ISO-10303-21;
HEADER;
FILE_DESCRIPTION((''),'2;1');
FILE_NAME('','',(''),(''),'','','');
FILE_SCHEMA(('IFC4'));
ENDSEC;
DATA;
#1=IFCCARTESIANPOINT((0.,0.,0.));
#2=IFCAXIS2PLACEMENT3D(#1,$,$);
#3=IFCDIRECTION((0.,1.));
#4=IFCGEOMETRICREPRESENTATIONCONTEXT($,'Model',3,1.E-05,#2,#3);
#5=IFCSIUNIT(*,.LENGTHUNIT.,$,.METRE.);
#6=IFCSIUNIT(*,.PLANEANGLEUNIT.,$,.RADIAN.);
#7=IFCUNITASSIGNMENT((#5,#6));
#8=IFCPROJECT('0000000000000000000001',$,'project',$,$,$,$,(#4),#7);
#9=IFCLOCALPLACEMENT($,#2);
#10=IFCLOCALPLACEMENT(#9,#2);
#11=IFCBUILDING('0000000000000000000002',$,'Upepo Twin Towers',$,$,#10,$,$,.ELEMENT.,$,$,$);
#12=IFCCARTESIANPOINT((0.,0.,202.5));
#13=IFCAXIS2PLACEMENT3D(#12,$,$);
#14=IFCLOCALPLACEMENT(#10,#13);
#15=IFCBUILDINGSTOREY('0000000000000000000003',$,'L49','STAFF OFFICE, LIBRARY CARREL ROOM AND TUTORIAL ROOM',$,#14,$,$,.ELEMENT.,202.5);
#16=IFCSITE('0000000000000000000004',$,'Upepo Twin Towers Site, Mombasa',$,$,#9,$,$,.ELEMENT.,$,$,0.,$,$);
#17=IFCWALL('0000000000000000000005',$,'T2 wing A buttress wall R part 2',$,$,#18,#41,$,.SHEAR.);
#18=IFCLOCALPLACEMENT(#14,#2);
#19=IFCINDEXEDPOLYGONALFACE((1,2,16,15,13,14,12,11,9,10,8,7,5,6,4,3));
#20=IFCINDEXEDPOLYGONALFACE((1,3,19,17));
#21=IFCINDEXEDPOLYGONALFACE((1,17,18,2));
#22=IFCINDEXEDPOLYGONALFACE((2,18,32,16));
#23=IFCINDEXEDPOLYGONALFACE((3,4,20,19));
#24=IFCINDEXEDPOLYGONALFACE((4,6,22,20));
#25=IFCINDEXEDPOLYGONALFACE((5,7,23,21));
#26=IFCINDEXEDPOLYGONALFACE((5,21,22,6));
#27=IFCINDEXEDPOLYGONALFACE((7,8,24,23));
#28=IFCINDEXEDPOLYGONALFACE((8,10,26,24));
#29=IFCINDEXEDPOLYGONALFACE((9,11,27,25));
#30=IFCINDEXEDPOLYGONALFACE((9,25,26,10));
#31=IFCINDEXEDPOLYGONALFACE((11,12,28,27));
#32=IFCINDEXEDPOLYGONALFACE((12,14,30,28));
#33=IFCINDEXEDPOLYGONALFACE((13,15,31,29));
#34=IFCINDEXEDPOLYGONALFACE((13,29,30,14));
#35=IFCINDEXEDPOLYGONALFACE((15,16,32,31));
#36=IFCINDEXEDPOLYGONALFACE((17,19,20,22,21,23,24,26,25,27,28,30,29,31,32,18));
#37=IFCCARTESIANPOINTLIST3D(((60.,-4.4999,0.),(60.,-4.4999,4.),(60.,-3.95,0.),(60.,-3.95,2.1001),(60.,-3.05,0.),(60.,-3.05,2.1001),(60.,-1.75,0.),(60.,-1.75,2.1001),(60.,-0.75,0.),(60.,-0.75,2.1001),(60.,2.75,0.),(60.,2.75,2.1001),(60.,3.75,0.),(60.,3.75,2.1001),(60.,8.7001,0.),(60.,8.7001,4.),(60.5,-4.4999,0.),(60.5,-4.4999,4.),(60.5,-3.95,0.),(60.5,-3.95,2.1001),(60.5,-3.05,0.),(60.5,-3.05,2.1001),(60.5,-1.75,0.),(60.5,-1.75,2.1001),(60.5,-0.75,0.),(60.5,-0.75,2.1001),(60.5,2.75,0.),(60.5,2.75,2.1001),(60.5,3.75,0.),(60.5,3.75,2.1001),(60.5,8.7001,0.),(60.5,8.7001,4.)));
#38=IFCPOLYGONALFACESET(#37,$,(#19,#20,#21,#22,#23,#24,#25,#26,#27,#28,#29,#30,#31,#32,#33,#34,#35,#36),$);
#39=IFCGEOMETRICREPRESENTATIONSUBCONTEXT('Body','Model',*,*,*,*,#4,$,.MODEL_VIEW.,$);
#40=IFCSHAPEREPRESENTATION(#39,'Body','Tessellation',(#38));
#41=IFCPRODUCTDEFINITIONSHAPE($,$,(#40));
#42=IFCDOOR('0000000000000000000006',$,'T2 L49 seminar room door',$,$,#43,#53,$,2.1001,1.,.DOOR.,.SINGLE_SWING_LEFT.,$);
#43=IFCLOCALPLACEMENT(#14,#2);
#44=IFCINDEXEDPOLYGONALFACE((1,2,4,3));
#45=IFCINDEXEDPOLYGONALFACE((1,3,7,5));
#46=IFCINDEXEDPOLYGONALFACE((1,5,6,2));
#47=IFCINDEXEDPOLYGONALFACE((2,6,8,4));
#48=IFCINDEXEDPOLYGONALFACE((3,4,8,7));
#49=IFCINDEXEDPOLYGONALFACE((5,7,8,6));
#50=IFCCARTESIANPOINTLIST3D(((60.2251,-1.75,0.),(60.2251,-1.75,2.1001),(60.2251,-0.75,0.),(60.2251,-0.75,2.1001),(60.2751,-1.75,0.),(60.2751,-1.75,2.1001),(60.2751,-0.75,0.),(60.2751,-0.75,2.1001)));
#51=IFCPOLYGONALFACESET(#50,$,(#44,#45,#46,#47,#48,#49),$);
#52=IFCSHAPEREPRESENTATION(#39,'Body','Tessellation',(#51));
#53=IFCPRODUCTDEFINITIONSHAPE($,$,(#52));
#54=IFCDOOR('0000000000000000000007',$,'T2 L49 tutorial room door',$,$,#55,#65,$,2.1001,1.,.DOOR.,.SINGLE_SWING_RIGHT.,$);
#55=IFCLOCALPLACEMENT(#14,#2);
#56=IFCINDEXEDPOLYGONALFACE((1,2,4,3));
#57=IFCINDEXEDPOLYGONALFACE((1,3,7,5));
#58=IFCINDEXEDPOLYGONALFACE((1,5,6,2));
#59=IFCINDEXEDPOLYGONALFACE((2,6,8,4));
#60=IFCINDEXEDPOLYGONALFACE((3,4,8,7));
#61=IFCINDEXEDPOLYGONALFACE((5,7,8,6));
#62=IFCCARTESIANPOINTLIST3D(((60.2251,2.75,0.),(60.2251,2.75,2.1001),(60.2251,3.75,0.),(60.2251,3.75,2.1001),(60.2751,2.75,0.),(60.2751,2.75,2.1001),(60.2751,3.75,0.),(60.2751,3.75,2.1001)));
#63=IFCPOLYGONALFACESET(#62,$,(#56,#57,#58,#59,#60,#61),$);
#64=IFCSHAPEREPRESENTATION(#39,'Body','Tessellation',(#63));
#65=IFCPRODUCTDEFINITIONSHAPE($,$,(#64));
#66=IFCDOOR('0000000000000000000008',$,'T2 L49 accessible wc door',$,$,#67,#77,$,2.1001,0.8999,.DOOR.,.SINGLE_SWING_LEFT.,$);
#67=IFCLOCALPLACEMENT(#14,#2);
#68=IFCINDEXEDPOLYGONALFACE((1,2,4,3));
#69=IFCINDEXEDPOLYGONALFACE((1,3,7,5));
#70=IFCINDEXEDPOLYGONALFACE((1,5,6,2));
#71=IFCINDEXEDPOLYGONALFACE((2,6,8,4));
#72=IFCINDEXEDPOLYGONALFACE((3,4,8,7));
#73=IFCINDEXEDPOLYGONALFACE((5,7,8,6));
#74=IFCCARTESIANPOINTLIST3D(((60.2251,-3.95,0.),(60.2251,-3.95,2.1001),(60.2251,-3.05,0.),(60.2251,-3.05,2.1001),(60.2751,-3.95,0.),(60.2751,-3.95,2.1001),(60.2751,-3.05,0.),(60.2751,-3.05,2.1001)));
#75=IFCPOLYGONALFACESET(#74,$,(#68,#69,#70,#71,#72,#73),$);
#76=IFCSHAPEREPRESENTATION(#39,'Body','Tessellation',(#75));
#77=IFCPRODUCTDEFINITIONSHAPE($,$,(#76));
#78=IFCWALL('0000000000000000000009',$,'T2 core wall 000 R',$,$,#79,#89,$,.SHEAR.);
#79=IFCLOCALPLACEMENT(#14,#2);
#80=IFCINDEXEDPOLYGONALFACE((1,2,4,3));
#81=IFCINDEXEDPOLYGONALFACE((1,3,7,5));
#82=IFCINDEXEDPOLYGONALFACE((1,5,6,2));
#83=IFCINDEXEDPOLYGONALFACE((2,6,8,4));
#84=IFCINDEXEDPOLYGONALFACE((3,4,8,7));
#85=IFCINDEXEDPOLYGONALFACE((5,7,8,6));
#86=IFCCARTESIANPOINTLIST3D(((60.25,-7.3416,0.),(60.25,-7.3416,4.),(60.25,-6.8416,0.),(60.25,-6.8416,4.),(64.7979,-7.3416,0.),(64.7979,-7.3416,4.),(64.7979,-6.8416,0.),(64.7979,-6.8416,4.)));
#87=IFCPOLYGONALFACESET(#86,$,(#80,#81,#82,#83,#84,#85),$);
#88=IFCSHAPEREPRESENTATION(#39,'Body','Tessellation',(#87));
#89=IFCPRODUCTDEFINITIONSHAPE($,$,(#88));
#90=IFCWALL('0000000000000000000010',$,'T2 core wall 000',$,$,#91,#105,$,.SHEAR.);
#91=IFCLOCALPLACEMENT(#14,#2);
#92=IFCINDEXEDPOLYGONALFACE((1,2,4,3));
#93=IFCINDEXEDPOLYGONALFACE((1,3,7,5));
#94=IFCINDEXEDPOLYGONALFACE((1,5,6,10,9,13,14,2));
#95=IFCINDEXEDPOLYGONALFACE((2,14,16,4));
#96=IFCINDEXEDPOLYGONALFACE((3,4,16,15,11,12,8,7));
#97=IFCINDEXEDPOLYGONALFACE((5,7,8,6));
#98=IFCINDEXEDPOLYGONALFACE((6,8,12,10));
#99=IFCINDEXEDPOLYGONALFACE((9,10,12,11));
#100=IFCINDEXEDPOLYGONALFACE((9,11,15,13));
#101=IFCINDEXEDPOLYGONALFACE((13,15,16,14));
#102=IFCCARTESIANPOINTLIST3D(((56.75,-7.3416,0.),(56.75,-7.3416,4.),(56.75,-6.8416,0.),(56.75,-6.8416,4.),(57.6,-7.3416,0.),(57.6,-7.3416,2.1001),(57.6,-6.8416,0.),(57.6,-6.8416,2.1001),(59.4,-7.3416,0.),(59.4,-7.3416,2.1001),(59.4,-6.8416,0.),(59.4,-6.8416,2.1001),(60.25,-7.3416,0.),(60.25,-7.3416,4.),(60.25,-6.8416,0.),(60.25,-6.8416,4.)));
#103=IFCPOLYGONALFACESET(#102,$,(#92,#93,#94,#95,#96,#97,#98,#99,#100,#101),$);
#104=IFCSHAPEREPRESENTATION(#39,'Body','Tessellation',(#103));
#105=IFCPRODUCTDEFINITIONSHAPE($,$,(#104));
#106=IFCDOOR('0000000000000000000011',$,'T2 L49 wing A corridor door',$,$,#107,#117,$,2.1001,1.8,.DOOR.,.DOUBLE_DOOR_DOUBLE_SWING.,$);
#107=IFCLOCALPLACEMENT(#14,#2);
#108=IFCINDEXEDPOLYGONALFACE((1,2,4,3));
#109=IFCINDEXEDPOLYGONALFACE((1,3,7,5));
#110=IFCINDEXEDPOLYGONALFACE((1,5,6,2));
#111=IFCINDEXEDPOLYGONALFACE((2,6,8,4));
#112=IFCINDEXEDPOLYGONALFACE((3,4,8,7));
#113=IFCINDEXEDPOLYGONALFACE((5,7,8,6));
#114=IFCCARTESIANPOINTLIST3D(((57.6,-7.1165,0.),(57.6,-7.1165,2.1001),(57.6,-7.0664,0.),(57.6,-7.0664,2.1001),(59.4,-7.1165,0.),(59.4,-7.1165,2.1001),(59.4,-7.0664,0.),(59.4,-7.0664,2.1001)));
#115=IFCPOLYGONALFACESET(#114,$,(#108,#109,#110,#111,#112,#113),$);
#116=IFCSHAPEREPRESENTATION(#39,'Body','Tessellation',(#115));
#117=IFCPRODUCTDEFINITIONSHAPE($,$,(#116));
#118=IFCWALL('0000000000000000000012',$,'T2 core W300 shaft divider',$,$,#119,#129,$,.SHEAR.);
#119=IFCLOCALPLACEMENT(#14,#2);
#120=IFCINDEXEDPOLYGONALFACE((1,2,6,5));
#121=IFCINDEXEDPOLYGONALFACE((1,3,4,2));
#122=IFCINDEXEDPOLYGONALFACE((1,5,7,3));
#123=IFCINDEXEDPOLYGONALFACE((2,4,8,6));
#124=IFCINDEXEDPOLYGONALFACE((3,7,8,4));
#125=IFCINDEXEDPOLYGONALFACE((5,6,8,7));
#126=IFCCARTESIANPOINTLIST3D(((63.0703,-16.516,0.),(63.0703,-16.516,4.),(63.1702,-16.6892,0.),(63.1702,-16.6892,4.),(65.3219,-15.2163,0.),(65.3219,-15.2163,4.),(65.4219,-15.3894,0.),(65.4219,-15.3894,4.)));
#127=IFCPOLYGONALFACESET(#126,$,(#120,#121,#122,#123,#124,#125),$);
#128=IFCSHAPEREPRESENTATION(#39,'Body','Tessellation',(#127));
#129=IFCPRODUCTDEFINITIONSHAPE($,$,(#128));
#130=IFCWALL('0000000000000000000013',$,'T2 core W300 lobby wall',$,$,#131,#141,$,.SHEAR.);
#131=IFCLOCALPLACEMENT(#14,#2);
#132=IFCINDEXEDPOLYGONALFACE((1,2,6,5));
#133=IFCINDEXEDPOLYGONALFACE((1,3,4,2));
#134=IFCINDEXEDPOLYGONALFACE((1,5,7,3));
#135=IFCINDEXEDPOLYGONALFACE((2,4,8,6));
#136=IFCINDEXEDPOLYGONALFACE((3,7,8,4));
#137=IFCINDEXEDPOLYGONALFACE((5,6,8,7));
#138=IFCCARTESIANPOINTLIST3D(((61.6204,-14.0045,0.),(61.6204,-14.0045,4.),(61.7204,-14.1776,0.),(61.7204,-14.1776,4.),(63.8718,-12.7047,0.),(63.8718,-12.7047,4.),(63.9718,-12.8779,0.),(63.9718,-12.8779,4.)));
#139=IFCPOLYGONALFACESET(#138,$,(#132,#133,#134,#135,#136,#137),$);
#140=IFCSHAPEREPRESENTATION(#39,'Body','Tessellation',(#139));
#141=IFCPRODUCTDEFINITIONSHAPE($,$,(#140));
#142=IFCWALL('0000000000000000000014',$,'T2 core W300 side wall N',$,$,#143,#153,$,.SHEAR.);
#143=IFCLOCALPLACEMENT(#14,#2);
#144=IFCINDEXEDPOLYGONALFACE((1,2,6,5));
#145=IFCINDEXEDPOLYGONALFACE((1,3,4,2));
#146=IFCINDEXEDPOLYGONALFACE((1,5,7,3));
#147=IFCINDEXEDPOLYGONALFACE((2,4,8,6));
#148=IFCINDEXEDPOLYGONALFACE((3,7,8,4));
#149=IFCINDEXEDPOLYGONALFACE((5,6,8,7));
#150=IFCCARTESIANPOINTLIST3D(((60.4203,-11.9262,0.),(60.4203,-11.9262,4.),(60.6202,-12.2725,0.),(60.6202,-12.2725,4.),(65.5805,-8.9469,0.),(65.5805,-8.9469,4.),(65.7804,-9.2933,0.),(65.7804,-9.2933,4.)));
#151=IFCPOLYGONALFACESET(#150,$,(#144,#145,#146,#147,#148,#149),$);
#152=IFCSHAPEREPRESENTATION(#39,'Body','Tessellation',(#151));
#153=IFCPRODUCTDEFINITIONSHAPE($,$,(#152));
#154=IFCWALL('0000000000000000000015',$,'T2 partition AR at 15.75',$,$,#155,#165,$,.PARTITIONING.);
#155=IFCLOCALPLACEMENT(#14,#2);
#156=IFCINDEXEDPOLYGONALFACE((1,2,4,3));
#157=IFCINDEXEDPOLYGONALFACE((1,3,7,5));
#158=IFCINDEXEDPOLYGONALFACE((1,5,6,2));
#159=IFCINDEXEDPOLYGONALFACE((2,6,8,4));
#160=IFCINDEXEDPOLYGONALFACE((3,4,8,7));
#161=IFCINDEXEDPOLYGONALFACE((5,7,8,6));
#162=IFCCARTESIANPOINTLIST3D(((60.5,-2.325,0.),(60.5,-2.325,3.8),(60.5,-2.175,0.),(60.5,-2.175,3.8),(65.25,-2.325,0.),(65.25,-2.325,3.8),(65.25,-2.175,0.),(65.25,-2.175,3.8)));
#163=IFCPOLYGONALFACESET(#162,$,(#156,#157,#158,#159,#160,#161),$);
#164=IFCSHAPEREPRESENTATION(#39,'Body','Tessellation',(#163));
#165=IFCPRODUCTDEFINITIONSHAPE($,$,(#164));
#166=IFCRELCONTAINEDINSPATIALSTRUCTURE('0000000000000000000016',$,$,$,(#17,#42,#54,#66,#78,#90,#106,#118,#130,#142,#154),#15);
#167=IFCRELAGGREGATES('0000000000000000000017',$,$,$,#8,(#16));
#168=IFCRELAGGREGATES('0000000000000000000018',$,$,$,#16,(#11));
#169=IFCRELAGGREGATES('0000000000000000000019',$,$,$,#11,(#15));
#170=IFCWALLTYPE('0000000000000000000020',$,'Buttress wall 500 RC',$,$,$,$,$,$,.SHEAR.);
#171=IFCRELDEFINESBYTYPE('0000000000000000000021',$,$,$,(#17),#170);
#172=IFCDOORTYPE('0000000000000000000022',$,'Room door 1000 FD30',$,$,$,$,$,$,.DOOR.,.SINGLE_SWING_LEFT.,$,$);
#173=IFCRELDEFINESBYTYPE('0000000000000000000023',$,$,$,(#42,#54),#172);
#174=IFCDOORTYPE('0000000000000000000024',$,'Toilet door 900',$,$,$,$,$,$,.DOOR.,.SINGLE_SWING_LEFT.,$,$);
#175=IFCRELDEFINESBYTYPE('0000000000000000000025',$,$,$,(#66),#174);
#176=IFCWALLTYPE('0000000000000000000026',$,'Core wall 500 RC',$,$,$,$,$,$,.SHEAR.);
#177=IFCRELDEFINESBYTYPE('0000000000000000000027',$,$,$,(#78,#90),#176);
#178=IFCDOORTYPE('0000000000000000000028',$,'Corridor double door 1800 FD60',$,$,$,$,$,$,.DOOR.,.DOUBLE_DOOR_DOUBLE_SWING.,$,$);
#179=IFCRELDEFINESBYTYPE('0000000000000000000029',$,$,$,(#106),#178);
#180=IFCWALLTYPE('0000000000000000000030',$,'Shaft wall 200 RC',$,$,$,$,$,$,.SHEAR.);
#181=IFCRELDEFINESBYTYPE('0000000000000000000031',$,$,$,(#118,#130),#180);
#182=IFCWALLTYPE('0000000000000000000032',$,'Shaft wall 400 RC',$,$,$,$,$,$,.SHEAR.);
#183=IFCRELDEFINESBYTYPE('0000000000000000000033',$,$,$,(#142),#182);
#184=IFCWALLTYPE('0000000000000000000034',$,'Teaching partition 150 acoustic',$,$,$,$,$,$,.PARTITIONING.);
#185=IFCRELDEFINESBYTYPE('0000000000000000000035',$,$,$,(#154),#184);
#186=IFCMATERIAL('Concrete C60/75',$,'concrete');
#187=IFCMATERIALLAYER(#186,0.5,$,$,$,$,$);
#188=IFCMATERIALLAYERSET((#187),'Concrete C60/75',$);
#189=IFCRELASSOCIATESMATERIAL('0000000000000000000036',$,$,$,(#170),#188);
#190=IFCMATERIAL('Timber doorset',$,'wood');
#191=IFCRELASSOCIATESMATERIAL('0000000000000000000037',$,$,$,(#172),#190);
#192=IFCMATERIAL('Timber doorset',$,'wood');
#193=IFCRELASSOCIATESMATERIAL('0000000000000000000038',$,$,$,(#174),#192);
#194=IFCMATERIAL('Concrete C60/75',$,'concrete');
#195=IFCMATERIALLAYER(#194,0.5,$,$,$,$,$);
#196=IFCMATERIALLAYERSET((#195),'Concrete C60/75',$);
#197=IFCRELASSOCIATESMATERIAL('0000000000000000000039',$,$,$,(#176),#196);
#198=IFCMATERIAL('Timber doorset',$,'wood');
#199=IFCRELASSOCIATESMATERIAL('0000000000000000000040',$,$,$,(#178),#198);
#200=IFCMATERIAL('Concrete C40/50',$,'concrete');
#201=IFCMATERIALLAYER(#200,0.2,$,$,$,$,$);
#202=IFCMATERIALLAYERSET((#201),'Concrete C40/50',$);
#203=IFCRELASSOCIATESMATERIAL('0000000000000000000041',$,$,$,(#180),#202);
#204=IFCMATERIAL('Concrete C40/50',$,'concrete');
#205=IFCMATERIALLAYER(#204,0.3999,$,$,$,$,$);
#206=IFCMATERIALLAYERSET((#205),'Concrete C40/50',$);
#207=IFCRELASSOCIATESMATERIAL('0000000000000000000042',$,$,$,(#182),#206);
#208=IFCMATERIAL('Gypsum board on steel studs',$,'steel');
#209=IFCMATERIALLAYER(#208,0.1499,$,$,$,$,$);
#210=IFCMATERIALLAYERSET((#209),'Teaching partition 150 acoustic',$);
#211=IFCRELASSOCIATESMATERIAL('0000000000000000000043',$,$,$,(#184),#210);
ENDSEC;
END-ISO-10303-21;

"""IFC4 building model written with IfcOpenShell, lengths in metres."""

from ifc_helpers import new_model, si_unit, direction, frame, frame_2d, origin, place, context, subcontext, project, spatial, rectangle, extrude, material, layer, layer_set, type_object, element, fill, save


model = new_model("IFC4")

# Units and contexts
model_context = context("Model", 3, precision=1e-05, world=origin(), true_north=direction((0.0, 1.0)))
body_context = subcontext(model_context, "Body", "Model", "MODEL_VIEW")
ifc_project = project(units=[si_unit("LENGTHUNIT", "METRE"), si_unit("PLANEANGLEUNIT", "RADIAN")], contexts=[model_context])

# Site, building, storey
site_placement = place(None, origin())
site = spatial("IfcSite", under=ifc_project, at=site_placement, Name="Upepo Twin Towers Site, Mombasa", CompositionType="ELEMENT", RefElevation=0.0)
building_placement = place(site_placement, origin())
building = spatial("IfcBuilding", under=site, at=building_placement, Name="Upepo Twin Towers", CompositionType="ELEMENT")
storey_placement = place(building_placement, frame((0.0, 0.0, 202.5)))
storey = spatial("IfcBuildingStorey", under=building, at=storey_placement, Name="L49", Description="STAFF OFFICE, LIBRARY CARREL ROOM AND TUTORIAL ROOM", CompositionType="ELEMENT", Elevation=202.5)

# Wall, openings, doors
ifc_material_1 = material(Name="Concrete C60/75", Category="concrete")
ifc_layer_1 = layer(ifc_material_1, 0.5)
ifc_layer_set_1 = layer_set([ifc_layer_1], Name="Concrete C60/75")
wall_type_1 = type_object("IfcWallType", Name="Buttress wall 500 RC", PredefinedType="SHEAR", material=ifc_layer_set_1)
wall_1_placement = place(storey_placement, frame((60.25, -4.5, 0.0), z_axis=(0.0, 0.0, 1.0), x_axis=(0.0, 1.0, 0.0)))
wall_1 = element("IfcWall", 1, at=wall_1_placement, inside=storey, type_object=wall_type_1, Name="T2 wing A buttress wall R part 2", PredefinedType="SHEAR", context=body_context, shape_type="SweptSolid", body=[
    extrude(rectangle(XDim=13.2, YDim=0.5, at=frame_2d((6.6001, 0.0))), origin(), (0.0, 0.0, 1.0), 4.0),
])
opening_1_placement = place(wall_1_placement, frame((0.55, 0.0, 0.0)))
opening_1 = element("IfcOpeningElement", 2, at=opening_1_placement, cuts=wall_1, PredefinedType="OPENING", context=body_context, shape_type="SweptSolid", body=[
    extrude(rectangle(XDim=0.8999, YDim=2.1001, at=frame_2d((0.45, 1.05))), frame((0.0, 0.26, 0.0), z_axis=(0.0, -1.0, 0.0), x_axis=(1.0, 0.0, 0.0)), (0.0, 0.0, 1.0), 0.52),
])
opening_2_placement = place(wall_1_placement, frame((2.75, 0.0, 0.0)))
opening_2 = element("IfcOpeningElement", 3, at=opening_2_placement, cuts=wall_1, PredefinedType="OPENING", context=body_context, shape_type="SweptSolid", body=[
    extrude(rectangle(XDim=1.0, YDim=2.1001, at=frame_2d((0.5, 1.05))), frame((0.0, 0.26, 0.0), z_axis=(0.0, -1.0, 0.0), x_axis=(1.0, 0.0, 0.0)), (0.0, 0.0, 1.0), 0.52),
])
opening_3_placement = place(wall_1_placement, frame((7.25, 0.0, 0.0)))
opening_3 = element("IfcOpeningElement", 4, at=opening_3_placement, cuts=wall_1, PredefinedType="OPENING", context=body_context, shape_type="SweptSolid", body=[
    extrude(rectangle(XDim=1.0, YDim=2.1001, at=frame_2d((0.5, 1.05))), frame((0.0, 0.26, 0.0), z_axis=(0.0, -1.0, 0.0), x_axis=(1.0, 0.0, 0.0)), (0.0, 0.0, 1.0), 0.52),
])
ifc_material_2 = material(Name="Timber doorset", Category="wood")
door_type_1 = type_object("IfcDoorType", Name="Room door 1000 FD30", OperationType="SINGLE_SWING_LEFT", PredefinedType="DOOR", material=ifc_material_2)
door_1_placement = place(opening_2_placement, origin())
door_1 = element("IfcDoor", 5, at=door_1_placement, inside=storey, type_object=door_type_1, Name="T2 L49 seminar room door", OperationType="SINGLE_SWING_LEFT", OverallHeight=2.1001, OverallWidth=1.0, PredefinedType="DOOR", context=body_context, shape_type="SweptSolid", body=[
    extrude(rectangle(XDim=1.0, YDim=2.1001, at=frame_2d((0.5, 1.05))), frame((0.0, 0.0249, 0.0), z_axis=(0.0, -1.0, 0.0), x_axis=(1.0, 0.0, 0.0)), (0.0, 0.0, 1.0), 0.05),
])
fill(opening_2, door_1)
door_2_placement = place(opening_3_placement, origin())
door_2 = element("IfcDoor", 6, at=door_2_placement, inside=storey, type_object=door_type_1, Name="T2 L49 tutorial room door", OperationType="SINGLE_SWING_RIGHT", OverallHeight=2.1001, OverallWidth=1.0, PredefinedType="DOOR", context=body_context, shape_type="SweptSolid", body=[
    extrude(rectangle(XDim=1.0, YDim=2.1001, at=frame_2d((0.5, 1.05))), frame((0.0, 0.0249, 0.0), z_axis=(0.0, -1.0, 0.0), x_axis=(1.0, 0.0, 0.0)), (0.0, 0.0, 1.0), 0.05),
])
fill(opening_3, door_2)
ifc_material_3 = material(Name="Timber doorset", Category="wood")
door_type_2 = type_object("IfcDoorType", Name="Toilet door 900", OperationType="SINGLE_SWING_LEFT", PredefinedType="DOOR", material=ifc_material_3)
door_3_placement = place(opening_1_placement, origin())
door_3 = element("IfcDoor", 7, at=door_3_placement, inside=storey, type_object=door_type_2, Name="T2 L49 accessible wc door", OperationType="SINGLE_SWING_LEFT", OverallHeight=2.1001, OverallWidth=0.8999, PredefinedType="DOOR", context=body_context, shape_type="SweptSolid", body=[
    extrude(rectangle(XDim=0.8999, YDim=2.1001, at=frame_2d((0.45, 1.05))), frame((0.0, 0.0249, 0.0), z_axis=(0.0, -1.0, 0.0), x_axis=(1.0, 0.0, 0.0)), (0.0, 0.0, 1.0), 0.05),
])
fill(opening_1, door_3)

# Wall
ifc_material_4 = material(Name="Concrete C60/75", Category="concrete")
ifc_layer_2 = layer(ifc_material_4, 0.5)
ifc_layer_set_2 = layer_set([ifc_layer_2], Name="Concrete C60/75")
wall_type_2 = type_object("IfcWallType", Name="Core wall 500 RC", PredefinedType="SHEAR", material=ifc_layer_set_2)
wall_2_placement = place(storey_placement, frame((64.7979, -7.0916, 0.0), z_axis=(0.0, 0.0, 1.0), x_axis=(-1.0, 0.0, 0.0)))
element("IfcWall", 8, at=wall_2_placement, inside=storey, type_object=wall_type_2, Name="T2 core wall 000 R", PredefinedType="SHEAR", context=body_context, shape_type="SweptSolid", body=[
    extrude(rectangle(XDim=4.5479, YDim=0.5, at=frame_2d((2.2739, 0.0))), origin(), (0.0, 0.0, 1.0), 4.0),
])

# Wall, opening, door
wall_3_placement = place(storey_placement, frame((60.25, -7.0916, 0.0), z_axis=(0.0, 0.0, 1.0), x_axis=(-1.0, 0.0, 0.0)))
wall_3 = element("IfcWall", 9, at=wall_3_placement, inside=storey, type_object=wall_type_2, Name="T2 core wall 000", PredefinedType="SHEAR", context=body_context, shape_type="SweptSolid", body=[
    extrude(rectangle(XDim=3.5, YDim=0.5, at=frame_2d((1.75, 0.0))), origin(), (0.0, 0.0, 1.0), 4.0),
])
opening_4_placement = place(wall_3_placement, frame((0.8501, 0.0, 0.0)))
opening_4 = element("IfcOpeningElement", 10, at=opening_4_placement, cuts=wall_3, PredefinedType="OPENING", context=body_context, shape_type="SweptSolid", body=[
    extrude(rectangle(XDim=1.8, YDim=2.1001, at=frame_2d((0.8999, 1.05))), frame((0.0, 0.26, 0.0), z_axis=(0.0, -1.0, 0.0), x_axis=(1.0, 0.0, 0.0)), (0.0, 0.0, 1.0), 0.52),
])
ifc_material_5 = material(Name="Timber doorset", Category="wood")
door_type_3 = type_object("IfcDoorType", Name="Corridor double door 1800 FD60", OperationType="DOUBLE_DOOR_DOUBLE_SWING", PredefinedType="DOOR", material=ifc_material_5)
door_4_placement = place(opening_4_placement, origin())
door_4 = element("IfcDoor", 11, at=door_4_placement, inside=storey, type_object=door_type_3, Name="T2 L49 wing A corridor door", OperationType="DOUBLE_DOOR_DOUBLE_SWING", OverallHeight=2.1001, OverallWidth=1.8, PredefinedType="DOOR", context=body_context, shape_type="SweptSolid", body=[
    extrude(rectangle(XDim=1.8, YDim=2.1001, at=frame_2d((0.8999, 1.05))), frame((0.0, 0.0249, 0.0), z_axis=(0.0, -1.0, 0.0), x_axis=(1.0, 0.0, 0.0)), (0.0, 0.0, 1.0), 0.05),
])
fill(opening_4, door_4)

# Walls
ifc_material_6 = material(Name="Concrete C40/50", Category="concrete")
ifc_layer_3 = layer(ifc_material_6, 0.2)
ifc_layer_set_3 = layer_set([ifc_layer_3], Name="Concrete C40/50")
wall_type_3 = type_object("IfcWallType", Name="Shaft wall 200 RC", PredefinedType="SHEAR", material=ifc_layer_set_3)
wall_4_placement = place(storey_placement, frame((63.1204, -16.6025, 0.0), z_axis=(0.0, 0.0, 1.0), x_axis=(0.866062, 0.499937, 0.0)))
element("IfcWall", 12, at=wall_4_placement, inside=storey, type_object=wall_type_3, Name="T2 core W300 shaft divider", PredefinedType="SHEAR", context=body_context, shape_type="SweptSolid", body=[
    extrude(rectangle(XDim=2.5999, YDim=0.2, at=frame_2d((1.2998, 0.0))), origin(), (0.0, 0.0, 1.0), 4.0),
])
wall_5_placement = place(storey_placement, frame((61.6704, -14.0911, 0.0), z_axis=(0.0, 0.0, 1.0), x_axis=(0.866039, 0.499977, 0.0)))
element("IfcWall", 13, at=wall_5_placement, inside=storey, type_object=wall_type_3, Name="T2 core W300 lobby wall", PredefinedType="SHEAR", context=body_context, shape_type="SweptSolid", body=[
    extrude(rectangle(XDim=2.5996, YDim=0.2, at=frame_2d((1.2998, 0.0))), origin(), (0.0, 0.0, 1.0), 4.0),
])
ifc_material_7 = material(Name="Concrete C40/50", Category="concrete")
ifc_layer_4 = layer(ifc_material_7, 0.3999)
ifc_layer_set_4 = layer_set([ifc_layer_4], Name="Concrete C40/50")
wall_type_4 = type_object("IfcWallType", Name="Shaft wall 400 RC", PredefinedType="SHEAR", material=ifc_layer_set_4)
wall_6_placement = place(storey_placement, frame((60.5203, -12.0994, 0.0), z_axis=(0.0, 0.0, 1.0), x_axis=(0.866023, 0.500004, 0.0)))
element("IfcWall", 14, at=wall_6_placement, inside=storey, type_object=wall_type_4, Name="T2 core W300 side wall N", PredefinedType="SHEAR", context=body_context, shape_type="SweptSolid", body=[
    extrude(rectangle(XDim=5.9585, YDim=0.3999, at=frame_2d((2.9792, 0.0))), origin(), (0.0, 0.0, 1.0), 4.0),
])
ifc_material_8 = material(Name="Gypsum board on steel studs", Category="steel")
ifc_layer_5 = layer(ifc_material_8, 0.1499)
ifc_layer_set_5 = layer_set([ifc_layer_5], Name="Teaching partition 150 acoustic")
wall_type_5 = type_object("IfcWallType", Name="Teaching partition 150 acoustic", PredefinedType="PARTITIONING", material=ifc_layer_set_5)
wall_7_placement = place(storey_placement, frame((60.5, -2.25, 0.0), z_axis=(0.0, 0.0, 1.0), x_axis=(1.0, 0.0, 0.0)))
element("IfcWall", 15, at=wall_7_placement, inside=storey, type_object=wall_type_5, Name="T2 partition AR at 15.75", PredefinedType="PARTITIONING", context=body_context, shape_type="SweptSolid", body=[
    extrude(rectangle(XDim=4.75, YDim=0.1499, at=frame_2d((2.375, 0.0))), origin(), (0.0, 0.0, 1.0), 3.8),
])

save(model, "model.ifc")
